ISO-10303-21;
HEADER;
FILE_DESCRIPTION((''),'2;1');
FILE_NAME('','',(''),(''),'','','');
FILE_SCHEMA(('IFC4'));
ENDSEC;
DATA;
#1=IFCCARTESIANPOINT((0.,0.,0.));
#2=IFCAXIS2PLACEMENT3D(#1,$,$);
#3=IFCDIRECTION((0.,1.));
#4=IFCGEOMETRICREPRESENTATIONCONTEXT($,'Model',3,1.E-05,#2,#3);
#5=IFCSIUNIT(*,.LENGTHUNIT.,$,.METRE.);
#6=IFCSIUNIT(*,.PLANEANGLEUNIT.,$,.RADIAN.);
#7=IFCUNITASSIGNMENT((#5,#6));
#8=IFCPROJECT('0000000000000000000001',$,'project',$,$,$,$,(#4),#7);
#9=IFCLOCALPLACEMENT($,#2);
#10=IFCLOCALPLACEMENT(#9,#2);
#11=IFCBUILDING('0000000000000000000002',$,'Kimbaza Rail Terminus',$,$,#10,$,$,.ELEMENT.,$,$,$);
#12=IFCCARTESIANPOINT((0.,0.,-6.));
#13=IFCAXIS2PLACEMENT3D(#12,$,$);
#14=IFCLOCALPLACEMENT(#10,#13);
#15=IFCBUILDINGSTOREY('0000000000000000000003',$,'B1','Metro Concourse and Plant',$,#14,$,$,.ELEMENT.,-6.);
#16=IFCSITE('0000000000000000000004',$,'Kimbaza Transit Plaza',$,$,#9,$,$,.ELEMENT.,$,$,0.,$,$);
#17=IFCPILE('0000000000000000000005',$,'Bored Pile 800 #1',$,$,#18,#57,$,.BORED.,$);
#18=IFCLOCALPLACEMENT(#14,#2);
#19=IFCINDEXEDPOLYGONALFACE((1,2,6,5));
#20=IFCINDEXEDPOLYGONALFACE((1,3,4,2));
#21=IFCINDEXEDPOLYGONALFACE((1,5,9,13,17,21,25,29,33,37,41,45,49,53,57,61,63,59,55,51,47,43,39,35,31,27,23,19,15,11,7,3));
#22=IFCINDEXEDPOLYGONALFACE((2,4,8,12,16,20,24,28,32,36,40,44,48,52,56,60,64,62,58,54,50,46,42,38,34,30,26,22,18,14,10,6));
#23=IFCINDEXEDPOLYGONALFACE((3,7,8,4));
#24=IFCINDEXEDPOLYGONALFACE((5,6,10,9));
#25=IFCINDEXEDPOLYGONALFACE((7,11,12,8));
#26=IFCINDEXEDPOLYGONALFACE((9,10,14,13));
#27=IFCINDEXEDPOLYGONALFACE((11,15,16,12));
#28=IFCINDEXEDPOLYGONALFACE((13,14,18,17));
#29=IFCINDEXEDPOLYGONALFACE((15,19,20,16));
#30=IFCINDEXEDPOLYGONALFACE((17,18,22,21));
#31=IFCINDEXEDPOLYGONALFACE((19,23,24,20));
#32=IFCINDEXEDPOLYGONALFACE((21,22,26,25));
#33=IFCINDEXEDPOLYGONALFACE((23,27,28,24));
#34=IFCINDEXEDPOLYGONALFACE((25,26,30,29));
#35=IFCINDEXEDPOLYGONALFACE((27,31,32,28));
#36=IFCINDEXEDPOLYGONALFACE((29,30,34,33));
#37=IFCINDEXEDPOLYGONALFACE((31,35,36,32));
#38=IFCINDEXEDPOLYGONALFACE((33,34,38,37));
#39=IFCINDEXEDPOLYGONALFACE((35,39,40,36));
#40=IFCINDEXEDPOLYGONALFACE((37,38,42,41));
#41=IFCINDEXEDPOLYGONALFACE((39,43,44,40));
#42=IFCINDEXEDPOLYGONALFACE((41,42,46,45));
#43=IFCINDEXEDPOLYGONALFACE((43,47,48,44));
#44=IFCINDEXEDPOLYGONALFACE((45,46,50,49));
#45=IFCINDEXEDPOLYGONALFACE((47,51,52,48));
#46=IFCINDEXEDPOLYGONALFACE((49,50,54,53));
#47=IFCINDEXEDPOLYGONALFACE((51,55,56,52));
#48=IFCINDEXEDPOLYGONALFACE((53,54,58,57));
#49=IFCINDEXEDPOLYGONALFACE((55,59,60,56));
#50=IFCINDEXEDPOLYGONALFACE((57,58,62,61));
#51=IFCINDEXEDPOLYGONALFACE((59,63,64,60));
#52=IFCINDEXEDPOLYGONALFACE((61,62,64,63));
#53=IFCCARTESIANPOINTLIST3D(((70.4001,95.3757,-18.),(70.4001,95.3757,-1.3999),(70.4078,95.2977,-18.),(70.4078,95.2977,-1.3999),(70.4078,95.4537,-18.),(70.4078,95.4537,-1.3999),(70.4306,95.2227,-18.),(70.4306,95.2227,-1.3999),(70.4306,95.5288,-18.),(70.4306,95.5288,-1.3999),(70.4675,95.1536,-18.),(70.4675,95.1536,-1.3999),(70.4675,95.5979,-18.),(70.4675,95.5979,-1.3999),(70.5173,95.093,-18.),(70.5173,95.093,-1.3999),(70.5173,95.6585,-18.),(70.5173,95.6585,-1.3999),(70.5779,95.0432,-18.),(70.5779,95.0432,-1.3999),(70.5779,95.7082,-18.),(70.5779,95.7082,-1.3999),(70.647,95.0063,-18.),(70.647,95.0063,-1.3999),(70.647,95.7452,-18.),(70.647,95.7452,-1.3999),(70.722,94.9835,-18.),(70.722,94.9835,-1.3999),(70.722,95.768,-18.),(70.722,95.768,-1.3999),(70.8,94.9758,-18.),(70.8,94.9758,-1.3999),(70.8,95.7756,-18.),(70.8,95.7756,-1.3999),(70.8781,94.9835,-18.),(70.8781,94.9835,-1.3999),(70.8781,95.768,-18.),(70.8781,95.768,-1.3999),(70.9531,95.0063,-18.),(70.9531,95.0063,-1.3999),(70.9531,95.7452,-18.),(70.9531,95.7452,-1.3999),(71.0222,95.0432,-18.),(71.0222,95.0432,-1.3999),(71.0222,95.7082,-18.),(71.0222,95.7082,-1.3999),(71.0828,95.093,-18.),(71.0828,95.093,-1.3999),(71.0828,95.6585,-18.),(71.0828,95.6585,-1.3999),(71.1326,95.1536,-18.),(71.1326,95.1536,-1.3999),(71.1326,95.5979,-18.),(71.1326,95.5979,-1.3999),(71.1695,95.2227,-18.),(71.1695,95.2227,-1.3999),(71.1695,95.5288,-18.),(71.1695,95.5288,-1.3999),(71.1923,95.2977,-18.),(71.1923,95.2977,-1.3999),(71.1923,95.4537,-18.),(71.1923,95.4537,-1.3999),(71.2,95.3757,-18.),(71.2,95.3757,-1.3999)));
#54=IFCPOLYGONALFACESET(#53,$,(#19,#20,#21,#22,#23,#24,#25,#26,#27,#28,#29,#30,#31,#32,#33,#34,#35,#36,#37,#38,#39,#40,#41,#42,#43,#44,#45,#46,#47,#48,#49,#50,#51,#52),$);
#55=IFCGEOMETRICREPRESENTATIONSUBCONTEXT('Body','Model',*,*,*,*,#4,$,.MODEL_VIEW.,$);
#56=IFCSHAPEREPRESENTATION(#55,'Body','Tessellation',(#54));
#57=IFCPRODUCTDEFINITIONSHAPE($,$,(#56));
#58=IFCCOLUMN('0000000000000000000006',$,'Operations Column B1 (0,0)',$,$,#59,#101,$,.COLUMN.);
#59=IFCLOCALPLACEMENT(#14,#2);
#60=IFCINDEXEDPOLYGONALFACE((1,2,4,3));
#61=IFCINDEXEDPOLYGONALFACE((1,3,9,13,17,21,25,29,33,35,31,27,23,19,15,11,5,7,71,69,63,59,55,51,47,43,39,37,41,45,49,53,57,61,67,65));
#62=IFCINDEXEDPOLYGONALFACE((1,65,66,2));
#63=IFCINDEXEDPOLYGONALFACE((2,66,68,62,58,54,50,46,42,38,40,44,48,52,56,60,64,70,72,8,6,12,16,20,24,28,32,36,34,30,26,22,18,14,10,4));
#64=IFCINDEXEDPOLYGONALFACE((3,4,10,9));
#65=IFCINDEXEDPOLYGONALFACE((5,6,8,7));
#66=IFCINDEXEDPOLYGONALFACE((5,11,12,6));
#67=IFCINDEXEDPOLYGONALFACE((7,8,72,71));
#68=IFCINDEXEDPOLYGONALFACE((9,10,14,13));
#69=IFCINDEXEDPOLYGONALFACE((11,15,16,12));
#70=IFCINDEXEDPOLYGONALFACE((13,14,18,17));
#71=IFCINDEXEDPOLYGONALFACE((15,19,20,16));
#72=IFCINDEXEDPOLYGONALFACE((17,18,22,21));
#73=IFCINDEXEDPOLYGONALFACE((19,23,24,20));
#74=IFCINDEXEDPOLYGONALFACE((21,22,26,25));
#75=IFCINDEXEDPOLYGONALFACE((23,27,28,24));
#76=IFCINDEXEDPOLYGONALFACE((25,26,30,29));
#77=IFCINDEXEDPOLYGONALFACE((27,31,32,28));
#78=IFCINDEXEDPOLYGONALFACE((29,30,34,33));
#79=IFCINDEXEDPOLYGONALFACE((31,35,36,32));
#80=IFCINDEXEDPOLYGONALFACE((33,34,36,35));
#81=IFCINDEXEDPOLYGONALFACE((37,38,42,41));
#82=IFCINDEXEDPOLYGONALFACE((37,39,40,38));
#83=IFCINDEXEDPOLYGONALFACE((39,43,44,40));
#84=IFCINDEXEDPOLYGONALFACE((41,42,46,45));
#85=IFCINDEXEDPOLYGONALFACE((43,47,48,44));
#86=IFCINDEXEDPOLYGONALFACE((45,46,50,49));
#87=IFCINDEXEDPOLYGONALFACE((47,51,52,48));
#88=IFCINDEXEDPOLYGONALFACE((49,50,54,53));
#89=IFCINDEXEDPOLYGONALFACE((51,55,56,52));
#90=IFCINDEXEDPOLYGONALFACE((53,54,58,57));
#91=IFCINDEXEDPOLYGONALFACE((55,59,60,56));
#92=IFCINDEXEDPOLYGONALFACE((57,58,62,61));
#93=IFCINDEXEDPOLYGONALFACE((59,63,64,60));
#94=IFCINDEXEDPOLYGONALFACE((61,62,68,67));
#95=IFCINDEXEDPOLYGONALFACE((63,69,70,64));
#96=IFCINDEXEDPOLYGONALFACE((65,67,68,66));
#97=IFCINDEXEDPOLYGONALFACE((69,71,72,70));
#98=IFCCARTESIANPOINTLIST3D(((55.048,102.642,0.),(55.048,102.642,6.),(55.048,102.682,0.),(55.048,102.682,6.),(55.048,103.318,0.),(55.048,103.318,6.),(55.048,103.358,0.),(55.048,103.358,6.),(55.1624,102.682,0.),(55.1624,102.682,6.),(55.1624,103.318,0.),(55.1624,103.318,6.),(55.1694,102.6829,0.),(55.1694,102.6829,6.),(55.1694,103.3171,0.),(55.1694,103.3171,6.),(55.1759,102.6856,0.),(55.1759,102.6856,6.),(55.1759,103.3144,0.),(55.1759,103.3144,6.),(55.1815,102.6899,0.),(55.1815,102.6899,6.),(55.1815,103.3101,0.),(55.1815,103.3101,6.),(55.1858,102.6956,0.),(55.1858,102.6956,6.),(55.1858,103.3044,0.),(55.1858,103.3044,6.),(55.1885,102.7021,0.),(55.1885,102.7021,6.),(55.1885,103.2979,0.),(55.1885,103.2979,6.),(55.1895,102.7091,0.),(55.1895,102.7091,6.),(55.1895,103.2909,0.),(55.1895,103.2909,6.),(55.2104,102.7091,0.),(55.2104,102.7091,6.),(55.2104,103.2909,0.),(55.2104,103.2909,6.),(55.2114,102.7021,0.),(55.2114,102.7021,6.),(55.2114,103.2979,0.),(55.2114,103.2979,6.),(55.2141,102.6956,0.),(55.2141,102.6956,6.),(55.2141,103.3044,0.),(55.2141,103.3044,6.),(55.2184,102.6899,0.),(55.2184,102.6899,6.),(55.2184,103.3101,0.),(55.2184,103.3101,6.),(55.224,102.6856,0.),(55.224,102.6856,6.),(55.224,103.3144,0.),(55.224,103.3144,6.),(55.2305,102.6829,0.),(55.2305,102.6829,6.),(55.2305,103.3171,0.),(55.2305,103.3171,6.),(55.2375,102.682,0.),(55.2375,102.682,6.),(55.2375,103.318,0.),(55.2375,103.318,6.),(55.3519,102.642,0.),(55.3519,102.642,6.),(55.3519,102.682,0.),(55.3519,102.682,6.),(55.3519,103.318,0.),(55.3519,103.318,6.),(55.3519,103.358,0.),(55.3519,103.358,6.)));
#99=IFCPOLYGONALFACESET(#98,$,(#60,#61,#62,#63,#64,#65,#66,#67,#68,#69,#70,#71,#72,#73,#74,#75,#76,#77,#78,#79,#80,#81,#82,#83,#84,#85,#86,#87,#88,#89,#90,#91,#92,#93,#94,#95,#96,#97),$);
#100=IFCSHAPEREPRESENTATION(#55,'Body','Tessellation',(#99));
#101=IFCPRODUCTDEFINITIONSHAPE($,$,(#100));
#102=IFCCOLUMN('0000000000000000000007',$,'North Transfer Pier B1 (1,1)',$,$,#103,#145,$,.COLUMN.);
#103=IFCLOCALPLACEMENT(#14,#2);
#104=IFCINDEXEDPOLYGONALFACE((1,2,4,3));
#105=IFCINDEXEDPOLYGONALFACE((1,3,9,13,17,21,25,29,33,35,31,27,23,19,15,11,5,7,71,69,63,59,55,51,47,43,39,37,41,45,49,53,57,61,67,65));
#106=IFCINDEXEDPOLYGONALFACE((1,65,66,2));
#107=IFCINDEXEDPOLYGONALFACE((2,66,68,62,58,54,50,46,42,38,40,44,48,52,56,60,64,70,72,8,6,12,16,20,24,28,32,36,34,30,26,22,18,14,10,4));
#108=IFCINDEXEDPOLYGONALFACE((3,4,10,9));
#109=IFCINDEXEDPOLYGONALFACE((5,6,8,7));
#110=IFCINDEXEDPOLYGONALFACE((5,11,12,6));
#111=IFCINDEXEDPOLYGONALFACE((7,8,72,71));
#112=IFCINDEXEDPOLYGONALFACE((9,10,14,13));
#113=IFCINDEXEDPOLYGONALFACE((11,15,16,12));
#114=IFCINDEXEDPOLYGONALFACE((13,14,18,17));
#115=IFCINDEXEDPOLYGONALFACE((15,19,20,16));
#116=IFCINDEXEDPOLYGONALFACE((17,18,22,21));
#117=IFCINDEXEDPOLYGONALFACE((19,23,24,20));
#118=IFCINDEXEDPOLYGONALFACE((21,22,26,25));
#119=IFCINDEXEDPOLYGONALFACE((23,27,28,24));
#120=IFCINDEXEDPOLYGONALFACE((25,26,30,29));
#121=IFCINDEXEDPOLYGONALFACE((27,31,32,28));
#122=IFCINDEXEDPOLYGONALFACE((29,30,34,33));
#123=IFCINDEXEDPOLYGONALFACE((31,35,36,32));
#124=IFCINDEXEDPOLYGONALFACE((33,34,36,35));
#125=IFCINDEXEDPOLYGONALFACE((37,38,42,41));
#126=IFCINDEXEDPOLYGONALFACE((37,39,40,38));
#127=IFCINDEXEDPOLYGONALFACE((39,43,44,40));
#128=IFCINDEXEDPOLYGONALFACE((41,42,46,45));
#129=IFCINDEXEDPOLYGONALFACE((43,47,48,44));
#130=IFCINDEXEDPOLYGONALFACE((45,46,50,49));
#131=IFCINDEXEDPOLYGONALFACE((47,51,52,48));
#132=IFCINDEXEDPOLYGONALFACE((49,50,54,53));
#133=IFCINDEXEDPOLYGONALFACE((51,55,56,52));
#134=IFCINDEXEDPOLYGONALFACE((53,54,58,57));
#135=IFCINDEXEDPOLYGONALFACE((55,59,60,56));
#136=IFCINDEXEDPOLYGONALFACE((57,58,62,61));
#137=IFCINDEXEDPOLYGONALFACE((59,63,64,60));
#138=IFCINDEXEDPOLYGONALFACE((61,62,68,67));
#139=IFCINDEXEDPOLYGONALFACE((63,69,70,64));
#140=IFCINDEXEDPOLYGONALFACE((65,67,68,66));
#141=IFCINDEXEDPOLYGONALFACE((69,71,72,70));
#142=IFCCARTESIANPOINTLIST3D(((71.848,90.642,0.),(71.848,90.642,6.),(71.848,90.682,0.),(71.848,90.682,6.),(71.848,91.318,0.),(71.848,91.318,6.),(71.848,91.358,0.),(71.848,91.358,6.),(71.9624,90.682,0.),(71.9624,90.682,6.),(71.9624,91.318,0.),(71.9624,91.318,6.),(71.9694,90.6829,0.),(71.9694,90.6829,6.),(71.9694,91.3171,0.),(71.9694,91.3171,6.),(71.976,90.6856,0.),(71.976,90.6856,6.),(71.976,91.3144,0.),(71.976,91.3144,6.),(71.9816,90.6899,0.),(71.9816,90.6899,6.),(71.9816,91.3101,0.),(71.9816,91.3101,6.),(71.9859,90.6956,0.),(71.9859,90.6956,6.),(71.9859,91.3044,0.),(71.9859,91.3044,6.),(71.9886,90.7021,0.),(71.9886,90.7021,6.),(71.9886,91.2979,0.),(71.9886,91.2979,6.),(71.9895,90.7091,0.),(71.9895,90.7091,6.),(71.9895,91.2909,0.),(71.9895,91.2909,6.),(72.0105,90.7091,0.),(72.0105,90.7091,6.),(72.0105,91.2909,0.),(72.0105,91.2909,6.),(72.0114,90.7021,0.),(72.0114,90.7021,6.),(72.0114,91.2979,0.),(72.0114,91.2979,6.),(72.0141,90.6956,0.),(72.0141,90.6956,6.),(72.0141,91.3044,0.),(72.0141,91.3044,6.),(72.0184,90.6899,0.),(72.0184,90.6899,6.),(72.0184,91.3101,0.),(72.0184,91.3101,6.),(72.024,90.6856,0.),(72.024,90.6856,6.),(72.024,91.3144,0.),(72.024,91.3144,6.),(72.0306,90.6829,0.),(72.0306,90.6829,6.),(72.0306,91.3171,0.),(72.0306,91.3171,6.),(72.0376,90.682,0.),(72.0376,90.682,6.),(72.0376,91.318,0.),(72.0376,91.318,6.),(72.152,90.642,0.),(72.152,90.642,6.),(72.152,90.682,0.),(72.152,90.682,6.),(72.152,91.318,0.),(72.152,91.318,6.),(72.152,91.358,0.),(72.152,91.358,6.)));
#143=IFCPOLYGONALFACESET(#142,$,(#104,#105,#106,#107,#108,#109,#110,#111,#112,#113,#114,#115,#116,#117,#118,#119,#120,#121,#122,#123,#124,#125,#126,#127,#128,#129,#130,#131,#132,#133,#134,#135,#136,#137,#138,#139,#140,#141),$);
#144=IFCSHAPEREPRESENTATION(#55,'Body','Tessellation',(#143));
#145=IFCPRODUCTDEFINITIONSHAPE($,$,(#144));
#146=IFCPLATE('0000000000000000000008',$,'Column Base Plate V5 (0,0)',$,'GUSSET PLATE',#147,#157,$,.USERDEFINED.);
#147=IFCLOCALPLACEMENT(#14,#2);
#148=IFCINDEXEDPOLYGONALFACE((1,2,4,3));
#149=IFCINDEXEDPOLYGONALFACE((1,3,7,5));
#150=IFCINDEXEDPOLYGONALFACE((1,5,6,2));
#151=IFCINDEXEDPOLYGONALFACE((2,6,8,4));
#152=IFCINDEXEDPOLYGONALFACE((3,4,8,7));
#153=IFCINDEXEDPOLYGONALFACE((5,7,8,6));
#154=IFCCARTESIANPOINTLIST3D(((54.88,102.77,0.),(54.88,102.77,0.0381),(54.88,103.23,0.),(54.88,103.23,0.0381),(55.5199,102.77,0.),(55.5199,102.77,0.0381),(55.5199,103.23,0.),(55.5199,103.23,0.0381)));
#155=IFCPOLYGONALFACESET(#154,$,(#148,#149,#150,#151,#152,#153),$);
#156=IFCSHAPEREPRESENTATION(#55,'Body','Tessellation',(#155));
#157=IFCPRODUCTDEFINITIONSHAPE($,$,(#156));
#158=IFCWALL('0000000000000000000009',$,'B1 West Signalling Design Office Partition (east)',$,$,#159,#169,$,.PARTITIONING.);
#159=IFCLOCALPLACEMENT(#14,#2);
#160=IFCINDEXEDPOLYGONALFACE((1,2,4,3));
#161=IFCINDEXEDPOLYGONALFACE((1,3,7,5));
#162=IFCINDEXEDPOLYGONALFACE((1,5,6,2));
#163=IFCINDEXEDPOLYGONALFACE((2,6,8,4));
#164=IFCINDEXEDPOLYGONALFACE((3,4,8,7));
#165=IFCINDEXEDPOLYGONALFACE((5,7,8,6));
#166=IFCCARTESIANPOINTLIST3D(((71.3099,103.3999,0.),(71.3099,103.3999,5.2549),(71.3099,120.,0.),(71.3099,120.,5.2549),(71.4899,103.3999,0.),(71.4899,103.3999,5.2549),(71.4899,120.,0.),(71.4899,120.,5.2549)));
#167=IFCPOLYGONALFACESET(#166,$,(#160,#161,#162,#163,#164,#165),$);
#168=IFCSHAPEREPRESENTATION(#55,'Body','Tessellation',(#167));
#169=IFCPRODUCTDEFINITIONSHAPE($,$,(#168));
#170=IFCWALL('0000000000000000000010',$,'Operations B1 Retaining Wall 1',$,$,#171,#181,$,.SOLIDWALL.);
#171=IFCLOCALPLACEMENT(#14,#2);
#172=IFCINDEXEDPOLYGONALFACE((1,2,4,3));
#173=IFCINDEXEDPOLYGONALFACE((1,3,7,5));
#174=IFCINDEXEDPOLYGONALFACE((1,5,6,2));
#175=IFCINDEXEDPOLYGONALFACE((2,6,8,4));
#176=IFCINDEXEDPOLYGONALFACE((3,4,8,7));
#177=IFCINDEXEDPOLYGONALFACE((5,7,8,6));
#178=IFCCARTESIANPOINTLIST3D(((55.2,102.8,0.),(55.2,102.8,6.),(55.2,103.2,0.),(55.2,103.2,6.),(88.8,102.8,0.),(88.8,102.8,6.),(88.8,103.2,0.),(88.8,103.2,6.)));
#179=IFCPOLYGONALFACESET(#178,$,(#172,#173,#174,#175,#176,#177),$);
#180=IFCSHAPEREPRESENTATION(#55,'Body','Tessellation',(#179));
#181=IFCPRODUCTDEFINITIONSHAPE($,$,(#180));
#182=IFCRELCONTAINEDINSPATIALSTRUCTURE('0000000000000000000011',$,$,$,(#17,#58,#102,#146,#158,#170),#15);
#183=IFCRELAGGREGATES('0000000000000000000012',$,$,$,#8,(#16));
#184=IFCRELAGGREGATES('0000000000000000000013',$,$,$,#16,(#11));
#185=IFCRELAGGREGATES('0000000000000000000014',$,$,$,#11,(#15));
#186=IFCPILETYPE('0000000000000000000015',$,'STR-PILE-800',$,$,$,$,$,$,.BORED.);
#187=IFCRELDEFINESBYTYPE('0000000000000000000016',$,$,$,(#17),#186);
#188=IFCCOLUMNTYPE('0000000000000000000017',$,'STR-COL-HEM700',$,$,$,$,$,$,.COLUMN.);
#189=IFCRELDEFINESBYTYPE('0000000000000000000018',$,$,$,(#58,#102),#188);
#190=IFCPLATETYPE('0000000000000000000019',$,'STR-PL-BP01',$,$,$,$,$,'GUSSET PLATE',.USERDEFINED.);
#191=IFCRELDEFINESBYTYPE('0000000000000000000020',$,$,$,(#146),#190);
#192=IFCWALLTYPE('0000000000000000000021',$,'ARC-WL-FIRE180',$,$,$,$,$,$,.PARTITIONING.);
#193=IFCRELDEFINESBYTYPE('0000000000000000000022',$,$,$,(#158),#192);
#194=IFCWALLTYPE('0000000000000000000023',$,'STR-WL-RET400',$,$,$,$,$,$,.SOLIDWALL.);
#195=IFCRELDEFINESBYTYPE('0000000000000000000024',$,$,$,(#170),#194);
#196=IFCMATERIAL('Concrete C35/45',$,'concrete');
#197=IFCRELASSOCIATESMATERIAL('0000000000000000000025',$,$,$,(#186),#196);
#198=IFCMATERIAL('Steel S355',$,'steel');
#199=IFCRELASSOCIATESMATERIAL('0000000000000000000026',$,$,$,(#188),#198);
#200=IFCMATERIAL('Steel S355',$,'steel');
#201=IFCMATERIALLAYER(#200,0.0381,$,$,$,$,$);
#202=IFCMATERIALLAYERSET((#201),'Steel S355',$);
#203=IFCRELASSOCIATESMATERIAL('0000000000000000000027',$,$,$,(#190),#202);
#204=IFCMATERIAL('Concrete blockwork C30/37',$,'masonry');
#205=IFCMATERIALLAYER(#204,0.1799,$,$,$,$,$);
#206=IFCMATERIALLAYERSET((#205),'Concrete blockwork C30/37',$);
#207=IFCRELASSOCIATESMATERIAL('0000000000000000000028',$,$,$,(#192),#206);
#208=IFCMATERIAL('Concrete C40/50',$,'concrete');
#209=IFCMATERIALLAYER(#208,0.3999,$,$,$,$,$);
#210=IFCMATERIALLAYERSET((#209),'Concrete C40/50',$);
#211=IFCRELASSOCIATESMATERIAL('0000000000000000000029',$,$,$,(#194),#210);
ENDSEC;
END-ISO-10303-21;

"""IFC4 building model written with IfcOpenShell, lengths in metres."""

from ifc_helpers import new_model, si_unit, direction, frame, frame_2d, origin, origin_2d, place, context, subcontext, project, spatial, rectangle, circle, i_section, extrude, material, layer, layer_set, material_profile, profile_set, type_object, element, save


model = new_model("IFC4")

# Units and contexts
model_context = context("Model", 3, precision=1e-05, world=origin(), true_north=direction((0.0, 1.0)))
body_context = subcontext(model_context, "Body", "Model", "MODEL_VIEW")
ifc_project = project(units=[si_unit("LENGTHUNIT", "METRE"), si_unit("PLANEANGLEUNIT", "RADIAN")], contexts=[model_context])

# Site, building, storey
site_placement = place(None, origin())
site = spatial("IfcSite", under=ifc_project, at=site_placement, Name="Kimbaza Transit Plaza", CompositionType="ELEMENT", RefElevation=0.0)
building_placement = place(site_placement, origin())
building = spatial("IfcBuilding", under=site, at=building_placement, Name="Kimbaza Rail Terminus", CompositionType="ELEMENT")
storey_placement = place(building_placement, frame((0.0, 0.0, -6.0)))
storey = spatial("IfcBuildingStorey", under=building, at=storey_placement, Name="B1", Description="Metro Concourse and Plant", CompositionType="ELEMENT", Elevation=-6.0)

# Pile
ifc_material_1 = material(Name="Concrete C35/45", Category="concrete")
ifc_material_profile_1 = material_profile(ifc_material_1, circle(Radius=0.3999, at=origin_2d()), Name="BORED PILE 800")
ifc_profile_set_1 = profile_set([ifc_material_profile_1], Name="Concrete C35/45")
pile_type = type_object("IfcPileType", Name="STR-PILE-800", PredefinedType="BORED", material=ifc_profile_set_1)
pile_1_placement = place(storey_placement, frame((70.8, 95.3757, -1.3999), z_axis=(0.0, 0.0, -1.0), x_axis=(1.0, 0.0, 0.0)))
element("IfcPile", 1, at=pile_1_placement, inside=storey, type_object=pile_type, Name="Bored Pile 800 #1", PredefinedType="BORED", context=body_context, shape_type="SweptSolid", body=[
    extrude(circle(Radius=0.3999, at=origin_2d()), origin(), (0.0, 0.0, 1.0), 16.6001),
])

# Columns
ifc_material_2 = material(Name="Steel S355", Category="steel")
ifc_material_profile_2 = material_profile(ifc_material_2, i_section(OverallWidth=0.304, OverallDepth=0.7161, WebThickness=0.021, FlangeThickness=0.04, FilletRadius=0.0271, at=origin_2d()), Name="HEM 700")
ifc_profile_set_2 = profile_set([ifc_material_profile_2], Name="Steel S355")
column_type = type_object("IfcColumnType", Name="STR-COL-HEM700", PredefinedType="COLUMN", material=ifc_profile_set_2)
for number, where, z_axis, x_axis, name in (
    (2, (55.2, 103.0, 0.0), (0.0, 0.0, 1.0), (1.0, 0.0, 0.0), "Operations Column B1 (0,0)"),
    (3, (72.0, 91.0, 0.0), (0.0, 0.0, 1.0), (1.0, 0.0, 0.0), "North Transfer Pier B1 (1,1)"),
):
    element("IfcColumn", number, at=place(storey_placement, frame(where, z_axis=z_axis, x_axis=x_axis)), inside=storey, type_object=column_type, Name=name, PredefinedType="COLUMN", context=body_context, shape_type="SweptSolid", body=[
        extrude(i_section(OverallWidth=0.304, OverallDepth=0.7161, WebThickness=0.021, FlangeThickness=0.04, FilletRadius=0.0271, at=origin_2d()), origin(), (0.0, 0.0, 1.0), 6.0),
    ])

# Plate
ifc_material_3 = material(Name="Steel S355", Category="steel")
ifc_layer_1 = layer(ifc_material_3, 0.0381)
ifc_layer_set_1 = layer_set([ifc_layer_1], Name="Steel S355")
plate_type = type_object("IfcPlateType", Name="STR-PL-BP01", ElementType="GUSSET PLATE", PredefinedType="USERDEFINED", material=ifc_layer_set_1)
plate_placement = place(storey_placement, frame((55.2, 103.0, 0.0), z_axis=(0.0, 0.0, 1.0), x_axis=(1.0, 0.0, 0.0)))
element("IfcPlate", 4, at=plate_placement, inside=storey, type_object=plate_type, Name="Column Base Plate V5 (0,0)", ObjectType="GUSSET PLATE", PredefinedType="USERDEFINED", context=body_context, shape_type="SweptSolid", body=[
    extrude(rectangle(XDim=0.6399, YDim=0.46, at=origin_2d()), origin(), (0.0, 0.0, 1.0), 0.0381),
])

# Walls
ifc_material_4 = material(Name="Concrete blockwork C30/37", Category="masonry")
ifc_layer_2 = layer(ifc_material_4, 0.1799)
ifc_layer_set_2 = layer_set([ifc_layer_2], Name="Concrete blockwork C30/37")
wall_type_1 = type_object("IfcWallType", Name="ARC-WL-FIRE180", PredefinedType="PARTITIONING", material=ifc_layer_set_2)
wall_1_placement = place(storey_placement, frame((71.3999, 103.3999, 0.0), z_axis=(0.0, 0.0, 1.0), x_axis=(0.0, 1.0, 0.0)))
element("IfcWall", 5, at=wall_1_placement, inside=storey, type_object=wall_type_1, Name="B1 West Signalling Design Office Partition (east)", PredefinedType="PARTITIONING", context=body_context, shape_type="SweptSolid", body=[
    extrude(rectangle(XDim=16.6001, YDim=0.1799, at=frame_2d((8.3, 0.0))), origin(), (0.0, 0.0, 1.0), 5.2549),
])
ifc_material_5 = material(Name="Concrete C40/50", Category="concrete")
ifc_layer_3 = layer(ifc_material_5, 0.3999)
ifc_layer_set_3 = layer_set([ifc_layer_3], Name="Concrete C40/50")
wall_type_2 = type_object("IfcWallType", Name="STR-WL-RET400", PredefinedType="SOLIDWALL", material=ifc_layer_set_3)
wall_2_placement = place(storey_placement, frame((55.2, 103.0, 0.0), z_axis=(0.0, 0.0, 1.0), x_axis=(1.0, 0.0, 0.0)))
element("IfcWall", 6, at=wall_2_placement, inside=storey, type_object=wall_type_2, Name="Operations B1 Retaining Wall 1", PredefinedType="SOLIDWALL", context=body_context, shape_type="SweptSolid", body=[
    extrude(rectangle(XDim=33.6001, YDim=0.3999, at=frame_2d((16.8, 0.0))), origin(), (0.0, 0.0, 1.0), 6.0),
])

save(model, "model.ifc")
